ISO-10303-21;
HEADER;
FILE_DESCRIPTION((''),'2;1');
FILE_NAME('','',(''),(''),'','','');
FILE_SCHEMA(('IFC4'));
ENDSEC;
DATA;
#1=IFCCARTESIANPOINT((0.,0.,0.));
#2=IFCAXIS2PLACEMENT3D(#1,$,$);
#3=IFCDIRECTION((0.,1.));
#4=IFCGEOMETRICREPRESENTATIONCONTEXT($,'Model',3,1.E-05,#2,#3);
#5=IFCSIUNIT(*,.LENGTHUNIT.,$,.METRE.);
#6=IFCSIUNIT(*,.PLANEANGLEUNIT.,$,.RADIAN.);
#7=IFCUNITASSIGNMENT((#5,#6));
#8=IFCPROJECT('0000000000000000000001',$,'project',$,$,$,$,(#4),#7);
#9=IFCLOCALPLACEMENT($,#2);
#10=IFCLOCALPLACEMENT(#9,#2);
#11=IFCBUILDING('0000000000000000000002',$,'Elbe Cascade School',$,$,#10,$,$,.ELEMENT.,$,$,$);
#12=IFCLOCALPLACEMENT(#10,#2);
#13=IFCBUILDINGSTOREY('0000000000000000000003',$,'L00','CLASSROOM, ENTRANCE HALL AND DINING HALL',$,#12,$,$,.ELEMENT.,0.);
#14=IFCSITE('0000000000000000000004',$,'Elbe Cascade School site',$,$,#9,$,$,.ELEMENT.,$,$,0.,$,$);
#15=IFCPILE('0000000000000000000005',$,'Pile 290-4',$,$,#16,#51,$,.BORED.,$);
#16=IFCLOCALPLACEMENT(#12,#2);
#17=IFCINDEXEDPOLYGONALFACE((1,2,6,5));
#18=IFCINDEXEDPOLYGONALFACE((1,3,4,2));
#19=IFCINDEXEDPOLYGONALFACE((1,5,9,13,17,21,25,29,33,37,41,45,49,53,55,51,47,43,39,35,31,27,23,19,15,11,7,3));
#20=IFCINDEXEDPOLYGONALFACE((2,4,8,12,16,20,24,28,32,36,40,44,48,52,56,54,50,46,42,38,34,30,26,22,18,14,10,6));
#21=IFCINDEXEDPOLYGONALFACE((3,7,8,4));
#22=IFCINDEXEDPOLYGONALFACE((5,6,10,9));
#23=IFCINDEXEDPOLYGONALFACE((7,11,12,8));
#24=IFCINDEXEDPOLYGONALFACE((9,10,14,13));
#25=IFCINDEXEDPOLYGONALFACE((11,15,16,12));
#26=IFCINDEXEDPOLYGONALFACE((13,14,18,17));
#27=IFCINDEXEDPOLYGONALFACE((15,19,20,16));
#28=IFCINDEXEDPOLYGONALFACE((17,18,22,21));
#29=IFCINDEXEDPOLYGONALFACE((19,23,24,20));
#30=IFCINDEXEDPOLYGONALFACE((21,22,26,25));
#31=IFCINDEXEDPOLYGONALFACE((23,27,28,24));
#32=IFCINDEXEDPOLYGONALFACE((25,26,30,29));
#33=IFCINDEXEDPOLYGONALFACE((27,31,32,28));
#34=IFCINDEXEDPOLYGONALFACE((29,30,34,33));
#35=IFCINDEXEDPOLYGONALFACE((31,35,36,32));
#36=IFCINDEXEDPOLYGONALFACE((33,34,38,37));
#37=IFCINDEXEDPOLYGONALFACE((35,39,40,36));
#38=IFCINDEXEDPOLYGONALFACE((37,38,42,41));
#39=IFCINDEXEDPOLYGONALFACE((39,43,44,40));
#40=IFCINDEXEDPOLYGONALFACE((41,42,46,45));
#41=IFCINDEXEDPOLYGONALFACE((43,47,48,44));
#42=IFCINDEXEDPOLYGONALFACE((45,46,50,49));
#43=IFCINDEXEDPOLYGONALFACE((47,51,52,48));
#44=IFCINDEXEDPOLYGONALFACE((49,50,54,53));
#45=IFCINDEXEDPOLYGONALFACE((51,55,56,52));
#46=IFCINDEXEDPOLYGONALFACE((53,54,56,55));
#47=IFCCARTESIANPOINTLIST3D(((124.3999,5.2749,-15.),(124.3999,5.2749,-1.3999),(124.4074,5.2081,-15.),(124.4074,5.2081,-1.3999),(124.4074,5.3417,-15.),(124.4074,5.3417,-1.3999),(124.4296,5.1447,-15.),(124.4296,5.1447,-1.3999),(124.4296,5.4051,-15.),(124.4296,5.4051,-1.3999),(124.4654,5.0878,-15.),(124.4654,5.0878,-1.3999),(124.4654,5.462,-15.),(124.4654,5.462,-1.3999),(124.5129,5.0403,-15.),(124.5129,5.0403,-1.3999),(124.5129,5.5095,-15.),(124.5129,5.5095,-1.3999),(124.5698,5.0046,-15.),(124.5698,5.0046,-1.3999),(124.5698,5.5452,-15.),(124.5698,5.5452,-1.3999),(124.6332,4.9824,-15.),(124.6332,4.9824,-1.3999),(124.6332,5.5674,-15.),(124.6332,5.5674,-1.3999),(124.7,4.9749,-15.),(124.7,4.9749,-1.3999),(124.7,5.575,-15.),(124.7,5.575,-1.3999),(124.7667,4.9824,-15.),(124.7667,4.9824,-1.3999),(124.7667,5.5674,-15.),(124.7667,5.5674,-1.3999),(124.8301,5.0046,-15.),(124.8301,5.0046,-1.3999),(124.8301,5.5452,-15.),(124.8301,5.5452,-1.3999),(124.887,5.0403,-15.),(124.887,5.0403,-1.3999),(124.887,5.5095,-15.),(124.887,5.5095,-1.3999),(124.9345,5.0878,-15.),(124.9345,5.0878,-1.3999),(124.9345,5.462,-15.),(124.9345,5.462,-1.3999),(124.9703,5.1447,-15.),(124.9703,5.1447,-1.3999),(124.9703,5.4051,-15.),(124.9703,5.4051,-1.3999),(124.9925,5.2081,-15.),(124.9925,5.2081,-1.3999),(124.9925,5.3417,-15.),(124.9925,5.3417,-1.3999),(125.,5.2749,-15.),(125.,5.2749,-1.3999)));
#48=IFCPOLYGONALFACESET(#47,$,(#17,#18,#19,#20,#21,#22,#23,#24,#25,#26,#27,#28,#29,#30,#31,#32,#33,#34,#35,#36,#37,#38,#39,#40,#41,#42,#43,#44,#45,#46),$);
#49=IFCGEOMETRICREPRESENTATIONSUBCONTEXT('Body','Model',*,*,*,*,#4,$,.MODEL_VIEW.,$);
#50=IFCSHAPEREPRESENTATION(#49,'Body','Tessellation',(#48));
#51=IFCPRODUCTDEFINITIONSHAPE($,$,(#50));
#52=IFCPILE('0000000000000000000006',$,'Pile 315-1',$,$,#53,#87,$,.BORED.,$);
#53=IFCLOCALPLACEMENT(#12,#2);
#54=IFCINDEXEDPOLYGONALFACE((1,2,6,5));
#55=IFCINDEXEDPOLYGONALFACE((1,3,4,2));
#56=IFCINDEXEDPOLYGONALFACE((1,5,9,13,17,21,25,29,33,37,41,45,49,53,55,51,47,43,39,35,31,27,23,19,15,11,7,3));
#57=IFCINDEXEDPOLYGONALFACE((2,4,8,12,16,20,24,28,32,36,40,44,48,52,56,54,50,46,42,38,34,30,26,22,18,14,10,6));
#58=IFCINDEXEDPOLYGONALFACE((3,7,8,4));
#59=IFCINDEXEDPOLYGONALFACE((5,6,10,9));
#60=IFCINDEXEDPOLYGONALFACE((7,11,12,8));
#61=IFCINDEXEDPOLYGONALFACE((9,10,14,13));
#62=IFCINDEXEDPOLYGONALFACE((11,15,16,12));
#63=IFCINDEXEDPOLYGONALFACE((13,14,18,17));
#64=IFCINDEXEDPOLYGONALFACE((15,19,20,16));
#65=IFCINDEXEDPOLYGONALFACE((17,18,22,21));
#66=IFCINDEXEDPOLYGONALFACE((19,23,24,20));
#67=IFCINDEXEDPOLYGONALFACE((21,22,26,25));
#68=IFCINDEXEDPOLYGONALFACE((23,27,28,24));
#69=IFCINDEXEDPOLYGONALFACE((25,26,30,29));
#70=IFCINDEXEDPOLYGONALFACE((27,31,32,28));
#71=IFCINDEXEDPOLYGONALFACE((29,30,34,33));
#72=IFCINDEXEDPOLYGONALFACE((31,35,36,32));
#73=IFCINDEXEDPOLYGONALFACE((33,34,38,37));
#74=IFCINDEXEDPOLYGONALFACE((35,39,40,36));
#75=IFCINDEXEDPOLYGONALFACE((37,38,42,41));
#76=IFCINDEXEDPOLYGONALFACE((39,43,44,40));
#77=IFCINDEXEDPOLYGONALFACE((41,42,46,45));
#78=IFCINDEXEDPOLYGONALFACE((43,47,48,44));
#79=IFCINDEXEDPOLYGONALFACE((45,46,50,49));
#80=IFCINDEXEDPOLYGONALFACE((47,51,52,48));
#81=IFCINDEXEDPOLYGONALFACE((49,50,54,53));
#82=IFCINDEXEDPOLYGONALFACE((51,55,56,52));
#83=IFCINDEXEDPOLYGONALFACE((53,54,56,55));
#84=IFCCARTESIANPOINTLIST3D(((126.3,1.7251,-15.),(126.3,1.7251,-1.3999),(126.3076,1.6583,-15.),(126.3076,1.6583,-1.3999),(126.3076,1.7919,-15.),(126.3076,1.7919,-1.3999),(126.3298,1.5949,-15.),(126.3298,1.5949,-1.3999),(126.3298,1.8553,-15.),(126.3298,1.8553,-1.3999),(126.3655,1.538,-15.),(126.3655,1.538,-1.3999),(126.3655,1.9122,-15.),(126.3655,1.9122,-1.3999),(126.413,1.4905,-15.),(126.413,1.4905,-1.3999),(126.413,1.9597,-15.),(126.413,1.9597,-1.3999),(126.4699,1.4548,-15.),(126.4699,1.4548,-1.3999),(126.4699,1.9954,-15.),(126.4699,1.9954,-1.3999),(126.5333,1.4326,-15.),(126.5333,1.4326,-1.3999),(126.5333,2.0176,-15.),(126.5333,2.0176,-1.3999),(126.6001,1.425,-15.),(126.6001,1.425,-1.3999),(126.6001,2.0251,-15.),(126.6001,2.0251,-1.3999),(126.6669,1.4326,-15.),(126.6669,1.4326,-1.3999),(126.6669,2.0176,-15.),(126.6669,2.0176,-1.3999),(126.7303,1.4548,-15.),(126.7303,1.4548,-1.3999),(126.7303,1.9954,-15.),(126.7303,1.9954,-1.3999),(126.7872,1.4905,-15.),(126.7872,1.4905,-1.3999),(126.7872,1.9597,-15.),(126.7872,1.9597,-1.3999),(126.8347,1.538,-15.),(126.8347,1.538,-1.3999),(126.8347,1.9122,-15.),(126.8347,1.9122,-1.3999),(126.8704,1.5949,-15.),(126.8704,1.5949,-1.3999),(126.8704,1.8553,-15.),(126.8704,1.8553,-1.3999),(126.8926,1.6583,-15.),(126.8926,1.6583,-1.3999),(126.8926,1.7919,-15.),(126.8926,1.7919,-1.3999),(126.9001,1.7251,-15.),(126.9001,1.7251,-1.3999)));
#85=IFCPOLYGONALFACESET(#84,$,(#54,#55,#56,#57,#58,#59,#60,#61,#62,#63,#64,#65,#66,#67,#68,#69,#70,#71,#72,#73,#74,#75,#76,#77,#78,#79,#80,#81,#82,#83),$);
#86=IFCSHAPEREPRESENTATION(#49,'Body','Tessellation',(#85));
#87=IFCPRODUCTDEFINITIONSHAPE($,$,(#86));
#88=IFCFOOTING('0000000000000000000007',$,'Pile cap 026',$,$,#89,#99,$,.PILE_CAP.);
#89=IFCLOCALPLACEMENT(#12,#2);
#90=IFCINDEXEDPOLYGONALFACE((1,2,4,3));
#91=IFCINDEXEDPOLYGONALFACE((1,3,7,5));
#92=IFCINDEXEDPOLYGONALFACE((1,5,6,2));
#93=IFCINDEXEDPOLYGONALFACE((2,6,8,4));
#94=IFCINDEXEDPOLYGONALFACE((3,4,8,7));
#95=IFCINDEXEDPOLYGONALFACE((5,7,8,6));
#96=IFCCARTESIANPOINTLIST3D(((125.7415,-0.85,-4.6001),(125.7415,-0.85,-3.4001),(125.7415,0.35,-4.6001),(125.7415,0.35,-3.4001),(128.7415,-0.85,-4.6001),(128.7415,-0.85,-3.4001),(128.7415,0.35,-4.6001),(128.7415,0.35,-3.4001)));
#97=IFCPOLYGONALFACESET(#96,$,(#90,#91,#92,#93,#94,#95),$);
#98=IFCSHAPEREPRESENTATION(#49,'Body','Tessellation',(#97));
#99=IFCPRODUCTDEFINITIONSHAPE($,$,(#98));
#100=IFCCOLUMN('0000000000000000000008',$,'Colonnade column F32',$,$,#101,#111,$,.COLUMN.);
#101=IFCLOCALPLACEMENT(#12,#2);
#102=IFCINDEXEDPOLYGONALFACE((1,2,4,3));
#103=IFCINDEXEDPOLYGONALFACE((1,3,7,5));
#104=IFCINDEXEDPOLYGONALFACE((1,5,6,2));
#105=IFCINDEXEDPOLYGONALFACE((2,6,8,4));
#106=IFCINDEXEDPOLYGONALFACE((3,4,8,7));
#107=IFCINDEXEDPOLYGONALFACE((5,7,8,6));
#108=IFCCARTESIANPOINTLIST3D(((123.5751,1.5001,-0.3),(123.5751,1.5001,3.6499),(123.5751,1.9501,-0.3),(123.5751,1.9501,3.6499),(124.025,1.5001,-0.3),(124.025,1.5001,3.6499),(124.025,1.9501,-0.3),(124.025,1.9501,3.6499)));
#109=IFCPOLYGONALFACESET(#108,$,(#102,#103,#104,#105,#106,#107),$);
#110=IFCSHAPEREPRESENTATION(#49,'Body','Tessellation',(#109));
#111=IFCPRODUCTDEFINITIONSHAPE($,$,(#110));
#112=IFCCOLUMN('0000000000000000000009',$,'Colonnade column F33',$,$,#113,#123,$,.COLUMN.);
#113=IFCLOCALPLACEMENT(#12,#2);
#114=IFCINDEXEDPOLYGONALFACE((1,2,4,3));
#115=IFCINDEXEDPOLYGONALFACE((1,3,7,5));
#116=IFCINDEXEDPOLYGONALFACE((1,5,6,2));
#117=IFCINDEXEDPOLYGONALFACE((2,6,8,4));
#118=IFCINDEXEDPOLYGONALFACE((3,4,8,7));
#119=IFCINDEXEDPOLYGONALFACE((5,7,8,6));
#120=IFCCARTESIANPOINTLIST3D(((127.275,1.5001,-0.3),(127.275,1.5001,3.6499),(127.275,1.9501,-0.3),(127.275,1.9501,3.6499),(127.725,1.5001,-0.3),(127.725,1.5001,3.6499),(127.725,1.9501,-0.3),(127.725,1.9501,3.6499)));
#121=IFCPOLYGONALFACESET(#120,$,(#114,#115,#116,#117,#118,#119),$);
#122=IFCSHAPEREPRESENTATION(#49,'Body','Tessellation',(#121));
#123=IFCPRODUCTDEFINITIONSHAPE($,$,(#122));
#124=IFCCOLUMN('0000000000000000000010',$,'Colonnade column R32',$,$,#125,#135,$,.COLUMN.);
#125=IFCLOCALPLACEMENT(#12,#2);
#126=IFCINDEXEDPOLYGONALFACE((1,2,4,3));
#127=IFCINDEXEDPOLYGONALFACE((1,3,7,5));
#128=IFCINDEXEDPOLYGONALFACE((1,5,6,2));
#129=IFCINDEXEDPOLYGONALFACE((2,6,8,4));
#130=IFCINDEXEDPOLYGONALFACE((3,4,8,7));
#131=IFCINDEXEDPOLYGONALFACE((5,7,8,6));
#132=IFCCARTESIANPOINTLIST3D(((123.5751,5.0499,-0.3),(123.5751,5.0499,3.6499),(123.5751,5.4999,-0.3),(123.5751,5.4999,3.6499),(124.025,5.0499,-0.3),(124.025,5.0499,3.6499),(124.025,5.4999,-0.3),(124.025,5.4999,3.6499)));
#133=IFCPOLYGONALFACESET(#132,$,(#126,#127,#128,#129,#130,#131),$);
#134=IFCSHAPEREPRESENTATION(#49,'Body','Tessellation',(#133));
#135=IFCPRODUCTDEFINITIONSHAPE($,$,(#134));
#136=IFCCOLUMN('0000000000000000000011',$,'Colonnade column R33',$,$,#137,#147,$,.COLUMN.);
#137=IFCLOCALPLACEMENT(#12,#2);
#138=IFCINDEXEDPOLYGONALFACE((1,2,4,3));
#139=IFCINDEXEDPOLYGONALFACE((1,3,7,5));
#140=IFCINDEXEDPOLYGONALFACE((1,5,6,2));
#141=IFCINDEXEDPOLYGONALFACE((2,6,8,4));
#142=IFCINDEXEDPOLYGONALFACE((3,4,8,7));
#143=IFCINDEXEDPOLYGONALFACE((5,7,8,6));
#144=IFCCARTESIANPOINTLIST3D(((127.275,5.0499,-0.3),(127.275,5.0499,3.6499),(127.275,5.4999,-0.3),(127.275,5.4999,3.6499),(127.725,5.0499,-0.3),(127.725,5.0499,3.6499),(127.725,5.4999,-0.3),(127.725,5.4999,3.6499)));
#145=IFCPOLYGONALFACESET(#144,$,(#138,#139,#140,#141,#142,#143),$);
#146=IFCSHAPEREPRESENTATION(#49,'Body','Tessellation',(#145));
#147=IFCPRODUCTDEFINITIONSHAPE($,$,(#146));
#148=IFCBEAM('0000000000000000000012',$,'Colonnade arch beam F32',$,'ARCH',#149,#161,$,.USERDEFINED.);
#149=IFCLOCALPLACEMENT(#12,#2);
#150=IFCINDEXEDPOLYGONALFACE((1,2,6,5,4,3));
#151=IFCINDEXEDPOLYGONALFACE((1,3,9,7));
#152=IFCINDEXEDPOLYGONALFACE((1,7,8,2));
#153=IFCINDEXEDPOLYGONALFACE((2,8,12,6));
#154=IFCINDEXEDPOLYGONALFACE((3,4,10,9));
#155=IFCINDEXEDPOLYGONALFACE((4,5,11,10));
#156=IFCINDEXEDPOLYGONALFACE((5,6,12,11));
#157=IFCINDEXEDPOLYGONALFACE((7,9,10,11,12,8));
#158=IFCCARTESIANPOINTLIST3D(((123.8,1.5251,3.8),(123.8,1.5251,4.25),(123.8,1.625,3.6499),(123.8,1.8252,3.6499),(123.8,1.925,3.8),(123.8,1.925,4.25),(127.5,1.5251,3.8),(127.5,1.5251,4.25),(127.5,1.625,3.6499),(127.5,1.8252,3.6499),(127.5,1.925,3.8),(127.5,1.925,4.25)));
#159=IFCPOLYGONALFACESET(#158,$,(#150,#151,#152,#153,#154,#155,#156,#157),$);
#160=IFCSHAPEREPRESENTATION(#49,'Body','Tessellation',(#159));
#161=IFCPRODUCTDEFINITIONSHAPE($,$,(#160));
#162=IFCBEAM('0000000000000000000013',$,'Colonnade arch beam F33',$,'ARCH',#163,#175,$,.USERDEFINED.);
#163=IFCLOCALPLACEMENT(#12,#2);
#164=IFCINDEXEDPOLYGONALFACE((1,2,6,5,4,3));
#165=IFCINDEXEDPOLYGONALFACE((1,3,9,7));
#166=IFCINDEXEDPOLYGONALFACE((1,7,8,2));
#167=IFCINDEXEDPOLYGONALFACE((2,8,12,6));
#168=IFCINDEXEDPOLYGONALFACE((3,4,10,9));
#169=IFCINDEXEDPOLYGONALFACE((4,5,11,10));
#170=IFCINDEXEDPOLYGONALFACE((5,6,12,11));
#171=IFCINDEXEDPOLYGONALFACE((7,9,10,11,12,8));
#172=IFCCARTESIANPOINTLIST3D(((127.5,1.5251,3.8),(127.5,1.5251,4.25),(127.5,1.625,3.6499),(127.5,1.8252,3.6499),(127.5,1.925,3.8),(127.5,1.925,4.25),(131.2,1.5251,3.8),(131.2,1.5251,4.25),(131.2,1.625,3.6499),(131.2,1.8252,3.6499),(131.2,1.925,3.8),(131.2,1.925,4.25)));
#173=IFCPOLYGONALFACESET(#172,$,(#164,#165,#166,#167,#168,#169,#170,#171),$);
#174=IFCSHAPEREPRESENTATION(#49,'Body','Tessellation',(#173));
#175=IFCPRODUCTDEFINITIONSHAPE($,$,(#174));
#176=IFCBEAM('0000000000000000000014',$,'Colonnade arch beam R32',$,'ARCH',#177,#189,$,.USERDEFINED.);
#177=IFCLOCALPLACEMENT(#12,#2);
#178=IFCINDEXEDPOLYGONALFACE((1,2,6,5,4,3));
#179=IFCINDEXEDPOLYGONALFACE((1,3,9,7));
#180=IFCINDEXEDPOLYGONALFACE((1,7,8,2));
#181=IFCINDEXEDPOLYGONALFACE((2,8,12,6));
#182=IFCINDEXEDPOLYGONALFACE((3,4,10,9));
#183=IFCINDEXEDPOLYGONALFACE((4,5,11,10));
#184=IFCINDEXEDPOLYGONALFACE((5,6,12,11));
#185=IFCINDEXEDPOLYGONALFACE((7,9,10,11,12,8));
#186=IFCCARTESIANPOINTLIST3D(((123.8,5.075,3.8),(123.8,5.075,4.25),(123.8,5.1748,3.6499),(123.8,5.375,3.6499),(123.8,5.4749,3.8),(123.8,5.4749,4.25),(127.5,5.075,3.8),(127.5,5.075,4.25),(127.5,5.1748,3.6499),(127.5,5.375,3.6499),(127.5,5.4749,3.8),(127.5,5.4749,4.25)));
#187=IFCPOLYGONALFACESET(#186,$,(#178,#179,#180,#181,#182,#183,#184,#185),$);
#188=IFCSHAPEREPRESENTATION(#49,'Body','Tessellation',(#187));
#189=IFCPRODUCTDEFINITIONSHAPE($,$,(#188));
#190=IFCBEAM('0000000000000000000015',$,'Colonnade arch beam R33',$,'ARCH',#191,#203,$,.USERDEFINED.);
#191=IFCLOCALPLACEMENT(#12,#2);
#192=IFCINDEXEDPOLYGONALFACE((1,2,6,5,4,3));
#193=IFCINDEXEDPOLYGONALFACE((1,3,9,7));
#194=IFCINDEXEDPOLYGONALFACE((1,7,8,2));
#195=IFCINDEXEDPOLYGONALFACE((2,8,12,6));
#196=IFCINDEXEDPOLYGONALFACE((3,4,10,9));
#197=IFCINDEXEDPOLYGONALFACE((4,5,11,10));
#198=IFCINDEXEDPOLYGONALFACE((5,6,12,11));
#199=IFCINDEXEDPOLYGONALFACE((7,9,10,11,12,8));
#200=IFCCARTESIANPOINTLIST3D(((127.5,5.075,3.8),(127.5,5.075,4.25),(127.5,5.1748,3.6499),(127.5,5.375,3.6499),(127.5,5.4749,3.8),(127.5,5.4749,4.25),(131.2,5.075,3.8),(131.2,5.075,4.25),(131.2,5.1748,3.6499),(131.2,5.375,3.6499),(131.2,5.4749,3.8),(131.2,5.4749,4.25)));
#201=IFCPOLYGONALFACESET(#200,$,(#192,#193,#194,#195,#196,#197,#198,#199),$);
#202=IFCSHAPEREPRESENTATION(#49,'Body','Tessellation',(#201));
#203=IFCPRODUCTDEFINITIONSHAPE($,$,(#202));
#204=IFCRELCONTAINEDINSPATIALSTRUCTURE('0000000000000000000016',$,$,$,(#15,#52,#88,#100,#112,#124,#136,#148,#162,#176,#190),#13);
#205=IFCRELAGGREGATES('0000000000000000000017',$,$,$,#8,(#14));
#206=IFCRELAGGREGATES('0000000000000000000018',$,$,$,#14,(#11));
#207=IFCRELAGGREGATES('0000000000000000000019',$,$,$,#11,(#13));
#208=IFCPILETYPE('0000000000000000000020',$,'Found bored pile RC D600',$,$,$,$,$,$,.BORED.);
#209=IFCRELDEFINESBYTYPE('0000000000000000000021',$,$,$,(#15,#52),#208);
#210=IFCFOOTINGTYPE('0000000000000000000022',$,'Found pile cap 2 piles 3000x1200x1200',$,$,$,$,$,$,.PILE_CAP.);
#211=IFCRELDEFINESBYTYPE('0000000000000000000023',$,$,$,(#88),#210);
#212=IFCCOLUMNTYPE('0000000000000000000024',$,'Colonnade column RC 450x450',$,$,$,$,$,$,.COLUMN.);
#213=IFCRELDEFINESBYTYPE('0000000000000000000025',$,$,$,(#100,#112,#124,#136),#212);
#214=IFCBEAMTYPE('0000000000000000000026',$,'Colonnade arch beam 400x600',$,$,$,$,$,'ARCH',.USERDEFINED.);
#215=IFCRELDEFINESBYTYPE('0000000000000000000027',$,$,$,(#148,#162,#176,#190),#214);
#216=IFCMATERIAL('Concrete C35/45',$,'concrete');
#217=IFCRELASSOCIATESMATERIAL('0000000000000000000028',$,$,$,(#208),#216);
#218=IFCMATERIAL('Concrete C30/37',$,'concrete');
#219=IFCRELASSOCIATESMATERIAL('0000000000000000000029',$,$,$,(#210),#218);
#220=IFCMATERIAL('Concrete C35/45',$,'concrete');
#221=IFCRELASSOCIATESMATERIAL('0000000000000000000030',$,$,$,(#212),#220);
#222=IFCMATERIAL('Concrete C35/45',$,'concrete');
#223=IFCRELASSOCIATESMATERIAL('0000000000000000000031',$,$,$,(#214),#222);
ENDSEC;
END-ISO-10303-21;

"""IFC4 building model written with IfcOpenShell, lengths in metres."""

from ifc_helpers import new_model, si_unit, direction, frame, origin, origin_2d, place, context, subcontext, project, spatial, polyline, rectangle, circle, outline, extrude, material, material_profile, profile_set, type_object, element, save


model = new_model("IFC4")

# Units and contexts
model_context = context("Model", 3, precision=1e-05, world=origin(), true_north=direction((0.0, 1.0)))
body_context = subcontext(model_context, "Body", "Model", "MODEL_VIEW")
ifc_project = project(units=[si_unit("LENGTHUNIT", "METRE"), si_unit("PLANEANGLEUNIT", "RADIAN")], contexts=[model_context])

# Site, building, storey
site_placement = place(None, origin())
site = spatial("IfcSite", under=ifc_project, at=site_placement, Name="Elbe Cascade School site", CompositionType="ELEMENT", RefElevation=0.0)
building_placement = place(site_placement, origin())
building = spatial("IfcBuilding", under=site, at=building_placement, Name="Elbe Cascade School", CompositionType="ELEMENT")
storey_placement = place(building_placement, origin())
storey = spatial("IfcBuildingStorey", under=building, at=storey_placement, Name="L00", Description="CLASSROOM, ENTRANCE HALL AND DINING HALL", CompositionType="ELEMENT", Elevation=0.0)

# Piles
ifc_material_1 = material(Name="Concrete C35/45", Category="concrete")
ifc_material_profile_1 = material_profile(ifc_material_1, circle(Radius=0.3, at=origin_2d()), Name="RC D600")
ifc_profile_set_1 = profile_set([ifc_material_profile_1], Name="Concrete C35/45")
pile_type = type_object("IfcPileType", Name="Found bored pile RC D600", PredefinedType="BORED", material=ifc_profile_set_1)
for number, where, z_axis, x_axis, name in (
    (1, (124.7, 5.2749, -1.3999), (0.0, 0.0, -1.0), (1.0, 0.0, 0.0), "Pile 290-4"),
    (2, (126.6001, 1.7251, -1.3999), (0.0, 0.0, -1.0), (1.0, 0.0, 0.0), "Pile 315-1"),
):
    element("IfcPile", number, at=place(storey_placement, frame(where, z_axis=z_axis, x_axis=x_axis)), inside=storey, type_object=pile_type, Name=name, PredefinedType="BORED", context=body_context, shape_type="SweptSolid", body=[
        extrude(circle(Radius=0.3, at=origin_2d()), origin(), (0.0, 0.0, 1.0), 13.6001),
    ])

# Footing
ifc_material_2 = material(Name="Concrete C30/37", Category="concrete")
footing_type = type_object("IfcFootingType", Name="Found pile cap 2 piles 3000x1200x1200", PredefinedType="PILE_CAP", material=ifc_material_2)
footing_placement = place(storey_placement, frame((127.2415, -0.25, -4.6001), z_axis=(0.0, 0.0, 1.0), x_axis=(1.0, 0.0, 0.0)))
element("IfcFooting", 3, at=footing_placement, inside=storey, type_object=footing_type, Name="Pile cap 026", PredefinedType="PILE_CAP", context=body_context, shape_type="SweptSolid", body=[
    extrude(rectangle(XDim=3.0, YDim=1.2, at=origin_2d()), origin(), (0.0, 0.0, 1.0), 1.2),
])

# Columns
ifc_material_3 = material(Name="Concrete C35/45", Category="concrete")
ifc_material_profile_2 = material_profile(ifc_material_3, rectangle(XDim=0.45, YDim=0.45, at=origin_2d()), Name="RC 450x450")
ifc_profile_set_2 = profile_set([ifc_material_profile_2], Name="Concrete C35/45")
column_type = type_object("IfcColumnType", Name="Colonnade column RC 450x450", PredefinedType="COLUMN", material=ifc_profile_set_2)
for number, where, z_axis, x_axis, name in (
    (4, (123.8, 1.7251, -0.3), (0.0, 0.0, 1.0), (1.0, 0.0, 0.0), "Colonnade column F32"),
    (5, (127.5, 1.7251, -0.3), (0.0, 0.0, 1.0), (1.0, 0.0, 0.0), "Colonnade column F33"),
    (6, (123.8, 5.2749, -0.3), (0.0, 0.0, 1.0), (1.0, 0.0, 0.0), "Colonnade column R32"),
    (7, (127.5, 5.2749, -0.3), (0.0, 0.0, 1.0), (1.0, 0.0, 0.0), "Colonnade column R33"),
):
    element("IfcColumn", number, at=place(storey_placement, frame(where, z_axis=z_axis, x_axis=x_axis)), inside=storey, type_object=column_type, Name=name, PredefinedType="COLUMN", context=body_context, shape_type="SweptSolid", body=[
        extrude(rectangle(XDim=0.45, YDim=0.45, at=origin_2d()), origin(), (0.0, 0.0, 1.0), 3.95),
    ])

# Beams
ifc_material_4 = material(Name="Concrete C35/45", Category="concrete")
ifc_material_profile_3 = material_profile(ifc_material_4, outline(polyline([(-0.2, 0.3), (0.2, 0.3), (0.2, -0.1499), (0.1001, -0.3), (-0.1001, -0.3), (-0.2, -0.1499), (-0.2, 0.3)])), Name="RC arch 400x600")
ifc_profile_set_3 = profile_set([ifc_material_profile_3], Name="Concrete C35/45")
beam_type_1 = type_object("IfcBeamType", Name="Colonnade arch beam 400x600", ElementType="ARCH", PredefinedType="USERDEFINED", material=ifc_profile_set_3)
for number, where, z_axis, x_axis, name in (
    (8, (123.8, 1.7251, 3.95), (1.0, 0.0, 0.0), (0.0, 1.0, 0.0), "Colonnade arch beam F32"),
    (9, (127.5, 1.7251, 3.95), (1.0, 0.0, 0.0), (0.0, 1.0, 0.0), "Colonnade arch beam F33"),
    (10, (123.8, 5.2749, 3.95), (1.0, 0.0, 0.0), (0.0, 1.0, 0.0), "Colonnade arch beam R32"),
    (11, (127.5, 5.2749, 3.95), (1.0, 0.0, 0.0), (0.0, 1.0, 0.0), "Colonnade arch beam R33"),
):
    element("IfcBeam", number, at=place(storey_placement, frame(where, z_axis=z_axis, x_axis=x_axis)), inside=storey, type_object=beam_type_1, Name=name, ObjectType="ARCH", PredefinedType="USERDEFINED", context=body_context, shape_type="SweptSolid", body=[
        extrude(outline(polyline([(-0.2, 0.3), (0.2, 0.3), (0.2, -0.1499), (0.1001, -0.3), (-0.1001, -0.3), (-0.2, -0.1499), (-0.2, 0.3)])), origin(), (0.0, 0.0, 1.0), 3.7),
    ])

save(model, "model.ifc")
